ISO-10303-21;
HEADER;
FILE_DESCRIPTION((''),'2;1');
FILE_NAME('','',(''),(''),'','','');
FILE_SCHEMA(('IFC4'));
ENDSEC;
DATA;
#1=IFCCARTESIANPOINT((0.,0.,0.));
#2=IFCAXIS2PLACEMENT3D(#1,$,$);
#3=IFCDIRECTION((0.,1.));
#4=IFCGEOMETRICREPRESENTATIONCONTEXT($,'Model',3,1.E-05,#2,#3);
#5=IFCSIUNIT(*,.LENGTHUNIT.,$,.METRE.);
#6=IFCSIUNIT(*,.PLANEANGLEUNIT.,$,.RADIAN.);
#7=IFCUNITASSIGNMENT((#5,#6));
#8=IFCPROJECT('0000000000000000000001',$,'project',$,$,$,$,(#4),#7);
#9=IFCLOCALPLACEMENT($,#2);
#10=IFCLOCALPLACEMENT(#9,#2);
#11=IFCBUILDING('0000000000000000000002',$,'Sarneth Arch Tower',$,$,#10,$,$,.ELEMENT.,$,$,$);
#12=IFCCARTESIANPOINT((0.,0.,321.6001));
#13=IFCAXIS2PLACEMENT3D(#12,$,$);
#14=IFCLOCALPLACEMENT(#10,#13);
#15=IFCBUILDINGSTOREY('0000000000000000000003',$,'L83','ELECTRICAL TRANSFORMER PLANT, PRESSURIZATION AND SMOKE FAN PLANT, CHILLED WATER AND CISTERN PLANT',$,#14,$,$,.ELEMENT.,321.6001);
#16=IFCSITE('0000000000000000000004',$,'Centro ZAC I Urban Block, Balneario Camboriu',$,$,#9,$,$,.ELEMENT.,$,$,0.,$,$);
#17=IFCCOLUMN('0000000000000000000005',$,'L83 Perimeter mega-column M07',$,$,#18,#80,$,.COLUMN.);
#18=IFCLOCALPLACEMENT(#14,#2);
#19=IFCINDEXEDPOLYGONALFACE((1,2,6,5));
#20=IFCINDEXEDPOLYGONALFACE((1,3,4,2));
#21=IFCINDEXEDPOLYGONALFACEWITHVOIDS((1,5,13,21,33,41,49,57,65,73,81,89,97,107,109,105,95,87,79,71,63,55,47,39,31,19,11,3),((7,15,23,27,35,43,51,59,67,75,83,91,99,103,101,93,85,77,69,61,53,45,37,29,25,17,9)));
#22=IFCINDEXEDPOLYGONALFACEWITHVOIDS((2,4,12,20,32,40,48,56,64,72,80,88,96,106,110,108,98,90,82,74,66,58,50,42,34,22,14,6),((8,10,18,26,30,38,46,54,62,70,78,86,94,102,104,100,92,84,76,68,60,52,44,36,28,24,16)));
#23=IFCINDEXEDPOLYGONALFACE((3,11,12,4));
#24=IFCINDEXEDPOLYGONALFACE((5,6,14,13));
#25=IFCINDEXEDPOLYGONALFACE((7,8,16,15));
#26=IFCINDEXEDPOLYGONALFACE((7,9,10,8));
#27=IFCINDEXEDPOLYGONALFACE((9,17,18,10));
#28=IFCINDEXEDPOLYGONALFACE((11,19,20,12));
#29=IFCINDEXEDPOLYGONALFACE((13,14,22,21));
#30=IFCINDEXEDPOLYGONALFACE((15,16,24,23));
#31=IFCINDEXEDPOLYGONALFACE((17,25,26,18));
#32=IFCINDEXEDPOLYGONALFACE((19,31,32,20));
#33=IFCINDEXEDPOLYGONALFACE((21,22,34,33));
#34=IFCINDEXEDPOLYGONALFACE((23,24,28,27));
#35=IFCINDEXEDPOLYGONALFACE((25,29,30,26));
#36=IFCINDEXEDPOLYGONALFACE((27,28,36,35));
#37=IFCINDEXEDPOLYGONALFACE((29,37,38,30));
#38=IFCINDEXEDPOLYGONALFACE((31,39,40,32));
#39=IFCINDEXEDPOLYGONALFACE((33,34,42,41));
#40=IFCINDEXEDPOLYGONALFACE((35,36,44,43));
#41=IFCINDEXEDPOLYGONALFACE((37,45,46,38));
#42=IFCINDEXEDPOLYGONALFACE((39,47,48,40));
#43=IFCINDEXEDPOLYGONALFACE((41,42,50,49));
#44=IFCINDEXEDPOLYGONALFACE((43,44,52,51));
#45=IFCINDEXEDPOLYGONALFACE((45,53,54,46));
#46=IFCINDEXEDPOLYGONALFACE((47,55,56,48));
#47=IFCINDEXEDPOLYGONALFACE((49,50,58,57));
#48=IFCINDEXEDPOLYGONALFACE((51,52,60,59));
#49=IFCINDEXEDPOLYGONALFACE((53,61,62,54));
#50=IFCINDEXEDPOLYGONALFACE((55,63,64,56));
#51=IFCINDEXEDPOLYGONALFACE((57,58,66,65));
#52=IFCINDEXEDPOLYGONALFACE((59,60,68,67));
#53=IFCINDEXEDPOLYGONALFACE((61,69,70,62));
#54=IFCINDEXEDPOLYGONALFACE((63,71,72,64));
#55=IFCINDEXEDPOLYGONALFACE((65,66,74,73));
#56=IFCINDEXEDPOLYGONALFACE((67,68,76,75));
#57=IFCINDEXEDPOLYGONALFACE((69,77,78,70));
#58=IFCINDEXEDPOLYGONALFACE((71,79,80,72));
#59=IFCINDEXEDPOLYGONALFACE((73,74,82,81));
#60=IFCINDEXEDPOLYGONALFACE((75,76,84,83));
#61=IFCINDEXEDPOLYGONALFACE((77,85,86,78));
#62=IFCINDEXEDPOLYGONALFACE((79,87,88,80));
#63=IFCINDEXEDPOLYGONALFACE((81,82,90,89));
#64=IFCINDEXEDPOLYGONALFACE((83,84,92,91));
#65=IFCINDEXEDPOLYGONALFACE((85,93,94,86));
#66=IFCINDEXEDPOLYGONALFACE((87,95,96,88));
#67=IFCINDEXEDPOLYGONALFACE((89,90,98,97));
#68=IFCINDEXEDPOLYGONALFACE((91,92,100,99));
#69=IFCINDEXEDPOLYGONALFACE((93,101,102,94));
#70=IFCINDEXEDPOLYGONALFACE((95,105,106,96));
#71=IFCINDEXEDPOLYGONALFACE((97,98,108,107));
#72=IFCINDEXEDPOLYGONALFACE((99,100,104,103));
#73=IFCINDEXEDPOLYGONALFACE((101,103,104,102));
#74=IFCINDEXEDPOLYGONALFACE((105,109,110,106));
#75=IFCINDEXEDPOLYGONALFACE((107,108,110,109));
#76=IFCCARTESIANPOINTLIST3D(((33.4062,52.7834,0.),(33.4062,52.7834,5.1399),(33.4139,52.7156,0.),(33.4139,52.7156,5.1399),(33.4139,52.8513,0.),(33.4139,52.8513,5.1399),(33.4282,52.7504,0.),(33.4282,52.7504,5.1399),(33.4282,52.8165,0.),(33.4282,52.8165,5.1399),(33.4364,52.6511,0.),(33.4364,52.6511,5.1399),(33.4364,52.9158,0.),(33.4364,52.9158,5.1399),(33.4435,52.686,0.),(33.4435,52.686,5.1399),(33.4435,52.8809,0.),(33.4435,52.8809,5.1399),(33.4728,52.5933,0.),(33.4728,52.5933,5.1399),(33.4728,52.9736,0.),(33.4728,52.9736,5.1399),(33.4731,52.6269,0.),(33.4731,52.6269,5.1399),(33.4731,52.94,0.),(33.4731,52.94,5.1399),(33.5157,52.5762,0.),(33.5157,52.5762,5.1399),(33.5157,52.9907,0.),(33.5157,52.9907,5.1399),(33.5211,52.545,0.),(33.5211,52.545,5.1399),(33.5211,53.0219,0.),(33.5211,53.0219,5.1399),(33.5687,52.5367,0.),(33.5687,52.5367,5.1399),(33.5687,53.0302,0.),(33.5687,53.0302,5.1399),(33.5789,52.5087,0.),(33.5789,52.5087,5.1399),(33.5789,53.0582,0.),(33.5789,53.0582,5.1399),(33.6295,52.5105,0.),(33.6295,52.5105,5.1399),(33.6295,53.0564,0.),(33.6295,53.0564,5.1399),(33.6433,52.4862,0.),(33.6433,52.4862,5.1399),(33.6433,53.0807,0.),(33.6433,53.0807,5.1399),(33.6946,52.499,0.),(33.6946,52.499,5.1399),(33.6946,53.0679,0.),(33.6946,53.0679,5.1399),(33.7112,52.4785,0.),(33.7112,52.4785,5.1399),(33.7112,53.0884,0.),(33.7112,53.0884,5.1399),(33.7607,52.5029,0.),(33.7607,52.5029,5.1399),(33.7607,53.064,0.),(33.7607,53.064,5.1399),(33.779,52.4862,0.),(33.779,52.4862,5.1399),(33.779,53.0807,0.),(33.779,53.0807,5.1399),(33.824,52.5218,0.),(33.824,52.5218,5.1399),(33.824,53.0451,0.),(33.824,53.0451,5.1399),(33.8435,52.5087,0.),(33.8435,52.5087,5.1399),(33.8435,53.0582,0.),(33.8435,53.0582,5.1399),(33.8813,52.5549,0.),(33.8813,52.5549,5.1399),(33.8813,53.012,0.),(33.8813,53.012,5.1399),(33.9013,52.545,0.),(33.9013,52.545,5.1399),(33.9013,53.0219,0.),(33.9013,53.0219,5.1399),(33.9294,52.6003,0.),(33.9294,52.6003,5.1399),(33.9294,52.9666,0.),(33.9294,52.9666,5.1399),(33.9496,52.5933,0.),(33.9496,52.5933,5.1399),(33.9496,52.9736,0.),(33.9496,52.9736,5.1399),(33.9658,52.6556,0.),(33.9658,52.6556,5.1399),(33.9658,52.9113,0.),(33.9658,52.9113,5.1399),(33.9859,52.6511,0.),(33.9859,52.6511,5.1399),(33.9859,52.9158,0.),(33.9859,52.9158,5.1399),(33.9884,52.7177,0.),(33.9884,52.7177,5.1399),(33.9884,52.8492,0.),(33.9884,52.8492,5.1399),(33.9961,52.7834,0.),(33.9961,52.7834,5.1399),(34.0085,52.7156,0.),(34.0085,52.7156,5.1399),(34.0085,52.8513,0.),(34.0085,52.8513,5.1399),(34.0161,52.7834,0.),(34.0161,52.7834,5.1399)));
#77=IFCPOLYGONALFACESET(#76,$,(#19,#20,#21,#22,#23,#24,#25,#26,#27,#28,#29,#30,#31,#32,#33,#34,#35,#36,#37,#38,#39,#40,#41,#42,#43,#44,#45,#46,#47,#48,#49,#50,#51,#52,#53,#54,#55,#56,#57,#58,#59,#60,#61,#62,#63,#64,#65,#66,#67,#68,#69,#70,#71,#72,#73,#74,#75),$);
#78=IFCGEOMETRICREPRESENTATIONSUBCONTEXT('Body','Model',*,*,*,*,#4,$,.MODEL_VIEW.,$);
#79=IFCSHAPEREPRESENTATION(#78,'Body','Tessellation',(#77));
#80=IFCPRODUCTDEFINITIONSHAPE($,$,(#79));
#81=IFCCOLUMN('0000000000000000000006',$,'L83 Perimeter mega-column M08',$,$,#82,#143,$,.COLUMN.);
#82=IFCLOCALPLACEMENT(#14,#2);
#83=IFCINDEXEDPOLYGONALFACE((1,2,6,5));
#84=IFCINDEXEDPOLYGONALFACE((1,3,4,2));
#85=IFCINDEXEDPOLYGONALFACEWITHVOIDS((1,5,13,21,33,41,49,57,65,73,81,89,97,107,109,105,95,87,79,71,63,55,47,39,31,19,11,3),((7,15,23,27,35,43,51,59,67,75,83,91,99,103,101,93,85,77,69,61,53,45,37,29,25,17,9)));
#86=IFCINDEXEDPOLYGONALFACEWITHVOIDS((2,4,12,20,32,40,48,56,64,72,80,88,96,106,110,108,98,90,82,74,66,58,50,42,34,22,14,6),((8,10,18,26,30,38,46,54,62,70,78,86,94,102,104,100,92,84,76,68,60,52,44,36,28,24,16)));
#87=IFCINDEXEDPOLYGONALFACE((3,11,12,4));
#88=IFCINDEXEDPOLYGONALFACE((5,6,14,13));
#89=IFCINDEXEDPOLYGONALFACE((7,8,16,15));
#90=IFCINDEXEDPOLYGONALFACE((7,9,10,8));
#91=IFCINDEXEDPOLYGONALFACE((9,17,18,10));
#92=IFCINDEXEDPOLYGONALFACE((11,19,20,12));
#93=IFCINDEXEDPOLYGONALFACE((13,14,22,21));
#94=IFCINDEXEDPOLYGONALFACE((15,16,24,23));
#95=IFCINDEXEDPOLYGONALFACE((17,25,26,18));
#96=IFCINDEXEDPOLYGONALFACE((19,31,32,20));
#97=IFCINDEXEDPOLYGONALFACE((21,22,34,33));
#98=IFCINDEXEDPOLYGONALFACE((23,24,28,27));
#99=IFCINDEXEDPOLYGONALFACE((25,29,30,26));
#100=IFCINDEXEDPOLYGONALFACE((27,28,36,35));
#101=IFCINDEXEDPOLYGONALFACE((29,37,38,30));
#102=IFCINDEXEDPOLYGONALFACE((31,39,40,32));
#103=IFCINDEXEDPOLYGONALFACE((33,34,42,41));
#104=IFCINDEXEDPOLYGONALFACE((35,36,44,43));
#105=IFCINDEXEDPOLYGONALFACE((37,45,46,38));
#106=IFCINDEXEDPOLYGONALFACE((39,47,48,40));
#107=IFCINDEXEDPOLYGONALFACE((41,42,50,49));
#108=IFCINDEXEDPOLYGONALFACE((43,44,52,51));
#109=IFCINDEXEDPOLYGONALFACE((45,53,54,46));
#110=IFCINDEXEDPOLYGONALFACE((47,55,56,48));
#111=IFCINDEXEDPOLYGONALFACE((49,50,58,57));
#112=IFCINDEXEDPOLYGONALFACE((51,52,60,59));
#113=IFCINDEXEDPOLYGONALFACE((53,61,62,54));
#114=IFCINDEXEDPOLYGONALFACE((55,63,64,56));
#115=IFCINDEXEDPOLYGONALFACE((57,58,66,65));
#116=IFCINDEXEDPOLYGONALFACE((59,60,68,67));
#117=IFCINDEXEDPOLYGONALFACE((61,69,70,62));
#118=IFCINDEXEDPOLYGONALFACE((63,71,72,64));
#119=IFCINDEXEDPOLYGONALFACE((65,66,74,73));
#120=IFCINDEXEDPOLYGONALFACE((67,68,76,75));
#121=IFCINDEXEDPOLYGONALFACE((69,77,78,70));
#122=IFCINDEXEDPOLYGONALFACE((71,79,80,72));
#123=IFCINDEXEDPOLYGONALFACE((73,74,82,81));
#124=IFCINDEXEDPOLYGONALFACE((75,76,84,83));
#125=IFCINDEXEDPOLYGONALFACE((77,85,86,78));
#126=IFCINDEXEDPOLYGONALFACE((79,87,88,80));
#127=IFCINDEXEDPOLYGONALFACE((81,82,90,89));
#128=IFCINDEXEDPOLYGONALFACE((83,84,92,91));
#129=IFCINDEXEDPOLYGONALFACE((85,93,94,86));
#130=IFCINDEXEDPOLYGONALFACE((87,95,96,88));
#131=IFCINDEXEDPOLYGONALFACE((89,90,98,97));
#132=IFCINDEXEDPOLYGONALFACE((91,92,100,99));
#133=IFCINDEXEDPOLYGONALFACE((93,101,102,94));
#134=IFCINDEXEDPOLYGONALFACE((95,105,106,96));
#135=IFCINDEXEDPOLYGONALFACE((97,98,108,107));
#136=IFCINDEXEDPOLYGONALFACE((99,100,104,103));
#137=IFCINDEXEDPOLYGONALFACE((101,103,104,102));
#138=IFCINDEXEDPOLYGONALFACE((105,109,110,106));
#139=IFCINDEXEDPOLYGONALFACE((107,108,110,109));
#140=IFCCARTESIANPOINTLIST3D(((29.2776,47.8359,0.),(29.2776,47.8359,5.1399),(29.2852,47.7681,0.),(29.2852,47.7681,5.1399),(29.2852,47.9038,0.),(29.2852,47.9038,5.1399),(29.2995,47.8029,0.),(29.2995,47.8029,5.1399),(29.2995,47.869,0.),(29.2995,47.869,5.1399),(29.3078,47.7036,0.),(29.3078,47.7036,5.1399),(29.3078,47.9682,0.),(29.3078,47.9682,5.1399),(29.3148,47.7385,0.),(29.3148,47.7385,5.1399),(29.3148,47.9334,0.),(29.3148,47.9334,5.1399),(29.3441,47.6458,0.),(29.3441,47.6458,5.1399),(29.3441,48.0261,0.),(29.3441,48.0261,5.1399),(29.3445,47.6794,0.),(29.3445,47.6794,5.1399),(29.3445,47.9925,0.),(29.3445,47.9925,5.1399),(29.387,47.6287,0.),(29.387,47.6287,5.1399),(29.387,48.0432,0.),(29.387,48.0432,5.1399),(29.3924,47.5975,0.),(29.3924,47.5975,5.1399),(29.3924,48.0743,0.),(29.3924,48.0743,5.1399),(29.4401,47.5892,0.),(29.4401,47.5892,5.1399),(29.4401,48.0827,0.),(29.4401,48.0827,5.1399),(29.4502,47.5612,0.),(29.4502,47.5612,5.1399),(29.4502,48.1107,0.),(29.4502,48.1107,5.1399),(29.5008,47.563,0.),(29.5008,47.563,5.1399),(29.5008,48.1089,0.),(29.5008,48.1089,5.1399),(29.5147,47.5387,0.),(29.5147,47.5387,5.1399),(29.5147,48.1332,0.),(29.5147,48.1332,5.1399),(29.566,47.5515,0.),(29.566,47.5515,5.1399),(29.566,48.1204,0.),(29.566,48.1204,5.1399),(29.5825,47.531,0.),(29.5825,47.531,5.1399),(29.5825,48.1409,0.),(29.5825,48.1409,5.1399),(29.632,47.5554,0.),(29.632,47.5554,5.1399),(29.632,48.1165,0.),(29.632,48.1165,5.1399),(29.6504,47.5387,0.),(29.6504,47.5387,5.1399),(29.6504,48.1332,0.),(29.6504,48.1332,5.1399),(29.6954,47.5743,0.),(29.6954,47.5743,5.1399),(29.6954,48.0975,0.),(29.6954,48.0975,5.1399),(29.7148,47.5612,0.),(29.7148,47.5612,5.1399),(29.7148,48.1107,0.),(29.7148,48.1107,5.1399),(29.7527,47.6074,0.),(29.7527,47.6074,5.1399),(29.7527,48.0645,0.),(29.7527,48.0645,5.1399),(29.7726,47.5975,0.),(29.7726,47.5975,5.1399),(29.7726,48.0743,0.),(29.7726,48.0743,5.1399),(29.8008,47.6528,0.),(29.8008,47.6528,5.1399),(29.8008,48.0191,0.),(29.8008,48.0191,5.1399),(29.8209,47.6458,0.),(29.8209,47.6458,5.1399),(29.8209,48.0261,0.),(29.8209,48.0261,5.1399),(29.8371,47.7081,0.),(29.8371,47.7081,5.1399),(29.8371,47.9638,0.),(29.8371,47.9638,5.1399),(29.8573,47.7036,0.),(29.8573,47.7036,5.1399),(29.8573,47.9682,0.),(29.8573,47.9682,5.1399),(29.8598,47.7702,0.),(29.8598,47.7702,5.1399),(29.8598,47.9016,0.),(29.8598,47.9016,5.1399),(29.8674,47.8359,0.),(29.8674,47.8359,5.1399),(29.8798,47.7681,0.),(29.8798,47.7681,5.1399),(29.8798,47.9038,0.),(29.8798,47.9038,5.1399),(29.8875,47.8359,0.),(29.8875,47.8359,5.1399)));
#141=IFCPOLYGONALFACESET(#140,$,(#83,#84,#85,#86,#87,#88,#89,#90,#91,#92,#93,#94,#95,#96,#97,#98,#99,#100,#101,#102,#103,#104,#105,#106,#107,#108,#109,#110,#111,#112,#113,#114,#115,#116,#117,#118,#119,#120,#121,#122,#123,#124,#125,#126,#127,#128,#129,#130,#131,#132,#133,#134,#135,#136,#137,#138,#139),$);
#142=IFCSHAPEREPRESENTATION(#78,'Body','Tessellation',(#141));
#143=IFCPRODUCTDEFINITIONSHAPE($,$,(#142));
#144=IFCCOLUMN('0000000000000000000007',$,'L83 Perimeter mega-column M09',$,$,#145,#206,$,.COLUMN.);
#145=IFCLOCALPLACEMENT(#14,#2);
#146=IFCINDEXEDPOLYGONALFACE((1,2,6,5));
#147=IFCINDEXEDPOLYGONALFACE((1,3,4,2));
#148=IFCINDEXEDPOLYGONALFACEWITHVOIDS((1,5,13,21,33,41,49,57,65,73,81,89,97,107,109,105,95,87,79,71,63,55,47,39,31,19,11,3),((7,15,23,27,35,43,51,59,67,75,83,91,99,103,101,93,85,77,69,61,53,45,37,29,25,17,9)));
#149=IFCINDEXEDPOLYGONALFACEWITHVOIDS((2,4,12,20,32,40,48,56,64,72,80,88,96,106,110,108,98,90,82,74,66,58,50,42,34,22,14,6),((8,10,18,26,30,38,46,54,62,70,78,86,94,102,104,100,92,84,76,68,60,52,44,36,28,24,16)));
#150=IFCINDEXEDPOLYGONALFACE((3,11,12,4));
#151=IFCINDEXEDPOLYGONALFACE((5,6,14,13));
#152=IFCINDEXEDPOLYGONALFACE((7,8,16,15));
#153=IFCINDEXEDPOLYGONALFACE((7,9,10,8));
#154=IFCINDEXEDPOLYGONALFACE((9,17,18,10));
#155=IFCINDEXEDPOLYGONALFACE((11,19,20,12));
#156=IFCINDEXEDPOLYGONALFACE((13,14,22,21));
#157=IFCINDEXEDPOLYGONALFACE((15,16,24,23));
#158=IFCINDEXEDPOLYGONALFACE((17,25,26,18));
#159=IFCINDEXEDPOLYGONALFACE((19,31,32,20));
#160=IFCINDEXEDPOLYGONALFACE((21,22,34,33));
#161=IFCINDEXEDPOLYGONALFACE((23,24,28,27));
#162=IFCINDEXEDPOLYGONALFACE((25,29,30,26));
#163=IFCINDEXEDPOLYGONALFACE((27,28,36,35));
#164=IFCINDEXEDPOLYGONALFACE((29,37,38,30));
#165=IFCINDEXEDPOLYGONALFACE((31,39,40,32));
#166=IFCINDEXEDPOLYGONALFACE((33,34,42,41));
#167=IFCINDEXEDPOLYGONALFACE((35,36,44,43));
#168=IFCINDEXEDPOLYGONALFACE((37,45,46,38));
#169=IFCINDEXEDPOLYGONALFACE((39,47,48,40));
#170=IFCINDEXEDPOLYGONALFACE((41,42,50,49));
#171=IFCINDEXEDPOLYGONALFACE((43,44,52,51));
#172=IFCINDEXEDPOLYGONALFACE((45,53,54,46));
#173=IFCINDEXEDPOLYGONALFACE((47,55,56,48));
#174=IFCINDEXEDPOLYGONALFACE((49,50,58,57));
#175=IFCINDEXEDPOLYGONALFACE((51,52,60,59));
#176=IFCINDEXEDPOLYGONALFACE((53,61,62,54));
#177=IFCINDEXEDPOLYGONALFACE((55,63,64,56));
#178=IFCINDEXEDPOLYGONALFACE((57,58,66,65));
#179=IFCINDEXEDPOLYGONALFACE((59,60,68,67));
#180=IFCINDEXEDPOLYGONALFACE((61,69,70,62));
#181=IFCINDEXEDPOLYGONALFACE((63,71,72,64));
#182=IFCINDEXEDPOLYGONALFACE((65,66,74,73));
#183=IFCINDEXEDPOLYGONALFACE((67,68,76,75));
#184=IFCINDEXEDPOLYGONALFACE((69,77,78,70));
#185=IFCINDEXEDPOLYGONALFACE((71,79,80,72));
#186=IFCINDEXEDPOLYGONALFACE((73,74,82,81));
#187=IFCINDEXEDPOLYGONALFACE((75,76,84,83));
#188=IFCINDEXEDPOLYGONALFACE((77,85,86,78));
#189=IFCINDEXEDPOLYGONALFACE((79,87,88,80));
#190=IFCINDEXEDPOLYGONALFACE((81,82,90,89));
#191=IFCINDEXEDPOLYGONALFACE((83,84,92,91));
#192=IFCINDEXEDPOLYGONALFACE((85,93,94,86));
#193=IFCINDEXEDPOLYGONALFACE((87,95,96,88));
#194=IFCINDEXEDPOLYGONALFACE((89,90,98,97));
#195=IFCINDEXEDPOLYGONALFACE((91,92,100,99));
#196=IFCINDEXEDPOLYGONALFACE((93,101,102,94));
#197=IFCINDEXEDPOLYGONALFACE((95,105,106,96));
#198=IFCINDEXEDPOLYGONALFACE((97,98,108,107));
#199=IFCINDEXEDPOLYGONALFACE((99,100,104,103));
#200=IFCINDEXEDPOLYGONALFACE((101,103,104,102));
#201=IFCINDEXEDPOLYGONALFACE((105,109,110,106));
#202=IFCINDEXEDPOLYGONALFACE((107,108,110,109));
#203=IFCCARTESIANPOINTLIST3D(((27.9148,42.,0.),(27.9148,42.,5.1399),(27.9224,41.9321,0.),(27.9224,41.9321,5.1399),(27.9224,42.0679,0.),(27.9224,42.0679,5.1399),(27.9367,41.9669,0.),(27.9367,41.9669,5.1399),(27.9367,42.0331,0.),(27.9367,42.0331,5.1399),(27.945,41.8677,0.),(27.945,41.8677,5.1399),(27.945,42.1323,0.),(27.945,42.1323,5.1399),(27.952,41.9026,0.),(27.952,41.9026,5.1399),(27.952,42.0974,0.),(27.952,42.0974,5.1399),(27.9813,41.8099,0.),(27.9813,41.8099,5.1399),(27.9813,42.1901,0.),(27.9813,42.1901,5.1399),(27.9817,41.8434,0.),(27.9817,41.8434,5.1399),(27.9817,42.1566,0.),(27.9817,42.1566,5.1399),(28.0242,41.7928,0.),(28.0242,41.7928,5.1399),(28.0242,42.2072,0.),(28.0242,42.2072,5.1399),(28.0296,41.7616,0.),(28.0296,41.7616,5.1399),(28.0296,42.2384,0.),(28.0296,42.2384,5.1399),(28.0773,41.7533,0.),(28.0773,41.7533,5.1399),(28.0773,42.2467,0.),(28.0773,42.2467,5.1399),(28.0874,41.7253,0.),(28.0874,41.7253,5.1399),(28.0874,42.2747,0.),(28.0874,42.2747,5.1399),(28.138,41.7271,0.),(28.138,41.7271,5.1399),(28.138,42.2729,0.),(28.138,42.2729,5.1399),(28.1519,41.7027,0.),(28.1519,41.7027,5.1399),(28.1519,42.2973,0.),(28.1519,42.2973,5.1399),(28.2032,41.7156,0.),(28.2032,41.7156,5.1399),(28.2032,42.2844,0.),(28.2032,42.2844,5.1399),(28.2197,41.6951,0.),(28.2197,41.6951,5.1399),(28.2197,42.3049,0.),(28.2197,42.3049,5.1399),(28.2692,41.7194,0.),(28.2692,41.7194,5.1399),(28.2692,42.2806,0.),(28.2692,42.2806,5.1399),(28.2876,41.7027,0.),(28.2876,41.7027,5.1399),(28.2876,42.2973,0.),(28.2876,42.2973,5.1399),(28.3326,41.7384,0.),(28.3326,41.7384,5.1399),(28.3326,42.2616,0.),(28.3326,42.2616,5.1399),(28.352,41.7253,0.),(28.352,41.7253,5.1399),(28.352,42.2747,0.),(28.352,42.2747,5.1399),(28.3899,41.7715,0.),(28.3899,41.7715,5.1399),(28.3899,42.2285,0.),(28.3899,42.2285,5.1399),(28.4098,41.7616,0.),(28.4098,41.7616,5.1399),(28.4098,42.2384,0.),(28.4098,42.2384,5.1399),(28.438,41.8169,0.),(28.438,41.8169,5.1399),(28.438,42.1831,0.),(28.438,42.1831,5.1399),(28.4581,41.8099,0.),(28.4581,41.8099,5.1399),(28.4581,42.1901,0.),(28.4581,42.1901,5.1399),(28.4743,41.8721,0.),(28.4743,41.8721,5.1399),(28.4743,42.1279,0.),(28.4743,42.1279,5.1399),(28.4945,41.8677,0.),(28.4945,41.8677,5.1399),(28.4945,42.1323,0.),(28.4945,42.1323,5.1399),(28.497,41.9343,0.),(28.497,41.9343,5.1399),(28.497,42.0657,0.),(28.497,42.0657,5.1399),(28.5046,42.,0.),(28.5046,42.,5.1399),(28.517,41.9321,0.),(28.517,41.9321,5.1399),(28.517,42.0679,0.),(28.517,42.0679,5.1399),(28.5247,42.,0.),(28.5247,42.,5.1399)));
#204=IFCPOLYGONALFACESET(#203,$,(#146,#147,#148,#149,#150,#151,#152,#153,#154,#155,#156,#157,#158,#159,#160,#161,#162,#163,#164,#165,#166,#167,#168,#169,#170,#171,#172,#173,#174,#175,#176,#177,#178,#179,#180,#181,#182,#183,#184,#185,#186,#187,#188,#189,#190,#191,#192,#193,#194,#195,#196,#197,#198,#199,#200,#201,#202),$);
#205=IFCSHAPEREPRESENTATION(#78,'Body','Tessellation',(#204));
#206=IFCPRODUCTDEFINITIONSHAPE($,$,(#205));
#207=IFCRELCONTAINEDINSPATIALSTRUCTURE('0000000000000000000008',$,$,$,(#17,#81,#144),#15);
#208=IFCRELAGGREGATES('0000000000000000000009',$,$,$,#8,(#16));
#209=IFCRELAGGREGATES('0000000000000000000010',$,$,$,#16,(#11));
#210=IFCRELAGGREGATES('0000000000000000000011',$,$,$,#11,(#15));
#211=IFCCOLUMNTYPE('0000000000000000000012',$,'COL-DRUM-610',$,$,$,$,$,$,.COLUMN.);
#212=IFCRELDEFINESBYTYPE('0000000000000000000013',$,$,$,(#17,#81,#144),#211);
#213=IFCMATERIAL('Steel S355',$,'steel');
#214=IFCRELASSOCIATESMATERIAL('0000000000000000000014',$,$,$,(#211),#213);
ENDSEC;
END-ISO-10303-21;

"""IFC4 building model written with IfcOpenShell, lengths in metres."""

from ifc_helpers import new_model, si_unit, direction, frame, origin, origin_2d, place, context, subcontext, project, spatial, hollow_circle, extrude, material, material_profile, profile_set, type_object, element, save


model = new_model("IFC4")

# Units and contexts
model_context = context("Model", 3, precision=1e-05, world=origin(), true_north=direction((0.0, 1.0)))
body_context = subcontext(model_context, "Body", "Model", "MODEL_VIEW")
ifc_project = project(units=[si_unit("LENGTHUNIT", "METRE"), si_unit("PLANEANGLEUNIT", "RADIAN")], contexts=[model_context])

# Site, building, storey
site_placement = place(None, origin())
site = spatial("IfcSite", under=ifc_project, at=site_placement, Name="Centro ZAC I Urban Block, Balneario Camboriu", CompositionType="ELEMENT", RefElevation=0.0)
building_placement = place(site_placement, origin())
building = spatial("IfcBuilding", under=site, at=building_placement, Name="Sarneth Arch Tower", CompositionType="ELEMENT")
storey_placement = place(building_placement, frame((0.0, 0.0, 321.6001)))
storey = spatial("IfcBuildingStorey", under=building, at=storey_placement, Name="L83", Description="ELECTRICAL TRANSFORMER PLANT, PRESSURIZATION AND SMOKE FAN PLANT, CHILLED WATER AND CISTERN PLANT", CompositionType="ELEMENT", Elevation=321.6001)

# Columns
ifc_material_1 = material(Name="Steel S355", Category="steel")
ifc_material_profile_1 = material_profile(ifc_material_1, hollow_circle(Radius=0.3049, WallThickness=0.02, at=origin_2d()), Name="CHS610x20")
ifc_profile_set_1 = profile_set([ifc_material_profile_1], Name="Steel S355")
column_type = type_object("IfcColumnType", Name="COL-DRUM-610", PredefinedType="COLUMN", material=ifc_profile_set_1)
for number, where, z_axis, x_axis, name in (
    (1, (33.7112, 52.7834, 0.0), (0.0, 0.0, 1.0), (1.0, 0.0, 0.0), "L83 Perimeter mega-column M07"),
    (2, (29.5825, 47.8359, 0.0), (0.0, 0.0, 1.0), (1.0, 0.0, 0.0), "L83 Perimeter mega-column M08"),
    (3, (28.2197, 42.0, 0.0), (0.0, 0.0, 1.0), (1.0, 0.0, 0.0), "L83 Perimeter mega-column M09"),
):
    element("IfcColumn", number, at=place(storey_placement, frame(where, z_axis=z_axis, x_axis=x_axis)), inside=storey, type_object=column_type, Name=name, PredefinedType="COLUMN", context=body_context, shape_type="SweptSolid", body=[
        extrude(hollow_circle(Radius=0.3049, WallThickness=0.02, at=origin_2d()), origin(), (0.0, 0.0, 1.0), 5.1399),
    ])

save(model, "model.ifc")
